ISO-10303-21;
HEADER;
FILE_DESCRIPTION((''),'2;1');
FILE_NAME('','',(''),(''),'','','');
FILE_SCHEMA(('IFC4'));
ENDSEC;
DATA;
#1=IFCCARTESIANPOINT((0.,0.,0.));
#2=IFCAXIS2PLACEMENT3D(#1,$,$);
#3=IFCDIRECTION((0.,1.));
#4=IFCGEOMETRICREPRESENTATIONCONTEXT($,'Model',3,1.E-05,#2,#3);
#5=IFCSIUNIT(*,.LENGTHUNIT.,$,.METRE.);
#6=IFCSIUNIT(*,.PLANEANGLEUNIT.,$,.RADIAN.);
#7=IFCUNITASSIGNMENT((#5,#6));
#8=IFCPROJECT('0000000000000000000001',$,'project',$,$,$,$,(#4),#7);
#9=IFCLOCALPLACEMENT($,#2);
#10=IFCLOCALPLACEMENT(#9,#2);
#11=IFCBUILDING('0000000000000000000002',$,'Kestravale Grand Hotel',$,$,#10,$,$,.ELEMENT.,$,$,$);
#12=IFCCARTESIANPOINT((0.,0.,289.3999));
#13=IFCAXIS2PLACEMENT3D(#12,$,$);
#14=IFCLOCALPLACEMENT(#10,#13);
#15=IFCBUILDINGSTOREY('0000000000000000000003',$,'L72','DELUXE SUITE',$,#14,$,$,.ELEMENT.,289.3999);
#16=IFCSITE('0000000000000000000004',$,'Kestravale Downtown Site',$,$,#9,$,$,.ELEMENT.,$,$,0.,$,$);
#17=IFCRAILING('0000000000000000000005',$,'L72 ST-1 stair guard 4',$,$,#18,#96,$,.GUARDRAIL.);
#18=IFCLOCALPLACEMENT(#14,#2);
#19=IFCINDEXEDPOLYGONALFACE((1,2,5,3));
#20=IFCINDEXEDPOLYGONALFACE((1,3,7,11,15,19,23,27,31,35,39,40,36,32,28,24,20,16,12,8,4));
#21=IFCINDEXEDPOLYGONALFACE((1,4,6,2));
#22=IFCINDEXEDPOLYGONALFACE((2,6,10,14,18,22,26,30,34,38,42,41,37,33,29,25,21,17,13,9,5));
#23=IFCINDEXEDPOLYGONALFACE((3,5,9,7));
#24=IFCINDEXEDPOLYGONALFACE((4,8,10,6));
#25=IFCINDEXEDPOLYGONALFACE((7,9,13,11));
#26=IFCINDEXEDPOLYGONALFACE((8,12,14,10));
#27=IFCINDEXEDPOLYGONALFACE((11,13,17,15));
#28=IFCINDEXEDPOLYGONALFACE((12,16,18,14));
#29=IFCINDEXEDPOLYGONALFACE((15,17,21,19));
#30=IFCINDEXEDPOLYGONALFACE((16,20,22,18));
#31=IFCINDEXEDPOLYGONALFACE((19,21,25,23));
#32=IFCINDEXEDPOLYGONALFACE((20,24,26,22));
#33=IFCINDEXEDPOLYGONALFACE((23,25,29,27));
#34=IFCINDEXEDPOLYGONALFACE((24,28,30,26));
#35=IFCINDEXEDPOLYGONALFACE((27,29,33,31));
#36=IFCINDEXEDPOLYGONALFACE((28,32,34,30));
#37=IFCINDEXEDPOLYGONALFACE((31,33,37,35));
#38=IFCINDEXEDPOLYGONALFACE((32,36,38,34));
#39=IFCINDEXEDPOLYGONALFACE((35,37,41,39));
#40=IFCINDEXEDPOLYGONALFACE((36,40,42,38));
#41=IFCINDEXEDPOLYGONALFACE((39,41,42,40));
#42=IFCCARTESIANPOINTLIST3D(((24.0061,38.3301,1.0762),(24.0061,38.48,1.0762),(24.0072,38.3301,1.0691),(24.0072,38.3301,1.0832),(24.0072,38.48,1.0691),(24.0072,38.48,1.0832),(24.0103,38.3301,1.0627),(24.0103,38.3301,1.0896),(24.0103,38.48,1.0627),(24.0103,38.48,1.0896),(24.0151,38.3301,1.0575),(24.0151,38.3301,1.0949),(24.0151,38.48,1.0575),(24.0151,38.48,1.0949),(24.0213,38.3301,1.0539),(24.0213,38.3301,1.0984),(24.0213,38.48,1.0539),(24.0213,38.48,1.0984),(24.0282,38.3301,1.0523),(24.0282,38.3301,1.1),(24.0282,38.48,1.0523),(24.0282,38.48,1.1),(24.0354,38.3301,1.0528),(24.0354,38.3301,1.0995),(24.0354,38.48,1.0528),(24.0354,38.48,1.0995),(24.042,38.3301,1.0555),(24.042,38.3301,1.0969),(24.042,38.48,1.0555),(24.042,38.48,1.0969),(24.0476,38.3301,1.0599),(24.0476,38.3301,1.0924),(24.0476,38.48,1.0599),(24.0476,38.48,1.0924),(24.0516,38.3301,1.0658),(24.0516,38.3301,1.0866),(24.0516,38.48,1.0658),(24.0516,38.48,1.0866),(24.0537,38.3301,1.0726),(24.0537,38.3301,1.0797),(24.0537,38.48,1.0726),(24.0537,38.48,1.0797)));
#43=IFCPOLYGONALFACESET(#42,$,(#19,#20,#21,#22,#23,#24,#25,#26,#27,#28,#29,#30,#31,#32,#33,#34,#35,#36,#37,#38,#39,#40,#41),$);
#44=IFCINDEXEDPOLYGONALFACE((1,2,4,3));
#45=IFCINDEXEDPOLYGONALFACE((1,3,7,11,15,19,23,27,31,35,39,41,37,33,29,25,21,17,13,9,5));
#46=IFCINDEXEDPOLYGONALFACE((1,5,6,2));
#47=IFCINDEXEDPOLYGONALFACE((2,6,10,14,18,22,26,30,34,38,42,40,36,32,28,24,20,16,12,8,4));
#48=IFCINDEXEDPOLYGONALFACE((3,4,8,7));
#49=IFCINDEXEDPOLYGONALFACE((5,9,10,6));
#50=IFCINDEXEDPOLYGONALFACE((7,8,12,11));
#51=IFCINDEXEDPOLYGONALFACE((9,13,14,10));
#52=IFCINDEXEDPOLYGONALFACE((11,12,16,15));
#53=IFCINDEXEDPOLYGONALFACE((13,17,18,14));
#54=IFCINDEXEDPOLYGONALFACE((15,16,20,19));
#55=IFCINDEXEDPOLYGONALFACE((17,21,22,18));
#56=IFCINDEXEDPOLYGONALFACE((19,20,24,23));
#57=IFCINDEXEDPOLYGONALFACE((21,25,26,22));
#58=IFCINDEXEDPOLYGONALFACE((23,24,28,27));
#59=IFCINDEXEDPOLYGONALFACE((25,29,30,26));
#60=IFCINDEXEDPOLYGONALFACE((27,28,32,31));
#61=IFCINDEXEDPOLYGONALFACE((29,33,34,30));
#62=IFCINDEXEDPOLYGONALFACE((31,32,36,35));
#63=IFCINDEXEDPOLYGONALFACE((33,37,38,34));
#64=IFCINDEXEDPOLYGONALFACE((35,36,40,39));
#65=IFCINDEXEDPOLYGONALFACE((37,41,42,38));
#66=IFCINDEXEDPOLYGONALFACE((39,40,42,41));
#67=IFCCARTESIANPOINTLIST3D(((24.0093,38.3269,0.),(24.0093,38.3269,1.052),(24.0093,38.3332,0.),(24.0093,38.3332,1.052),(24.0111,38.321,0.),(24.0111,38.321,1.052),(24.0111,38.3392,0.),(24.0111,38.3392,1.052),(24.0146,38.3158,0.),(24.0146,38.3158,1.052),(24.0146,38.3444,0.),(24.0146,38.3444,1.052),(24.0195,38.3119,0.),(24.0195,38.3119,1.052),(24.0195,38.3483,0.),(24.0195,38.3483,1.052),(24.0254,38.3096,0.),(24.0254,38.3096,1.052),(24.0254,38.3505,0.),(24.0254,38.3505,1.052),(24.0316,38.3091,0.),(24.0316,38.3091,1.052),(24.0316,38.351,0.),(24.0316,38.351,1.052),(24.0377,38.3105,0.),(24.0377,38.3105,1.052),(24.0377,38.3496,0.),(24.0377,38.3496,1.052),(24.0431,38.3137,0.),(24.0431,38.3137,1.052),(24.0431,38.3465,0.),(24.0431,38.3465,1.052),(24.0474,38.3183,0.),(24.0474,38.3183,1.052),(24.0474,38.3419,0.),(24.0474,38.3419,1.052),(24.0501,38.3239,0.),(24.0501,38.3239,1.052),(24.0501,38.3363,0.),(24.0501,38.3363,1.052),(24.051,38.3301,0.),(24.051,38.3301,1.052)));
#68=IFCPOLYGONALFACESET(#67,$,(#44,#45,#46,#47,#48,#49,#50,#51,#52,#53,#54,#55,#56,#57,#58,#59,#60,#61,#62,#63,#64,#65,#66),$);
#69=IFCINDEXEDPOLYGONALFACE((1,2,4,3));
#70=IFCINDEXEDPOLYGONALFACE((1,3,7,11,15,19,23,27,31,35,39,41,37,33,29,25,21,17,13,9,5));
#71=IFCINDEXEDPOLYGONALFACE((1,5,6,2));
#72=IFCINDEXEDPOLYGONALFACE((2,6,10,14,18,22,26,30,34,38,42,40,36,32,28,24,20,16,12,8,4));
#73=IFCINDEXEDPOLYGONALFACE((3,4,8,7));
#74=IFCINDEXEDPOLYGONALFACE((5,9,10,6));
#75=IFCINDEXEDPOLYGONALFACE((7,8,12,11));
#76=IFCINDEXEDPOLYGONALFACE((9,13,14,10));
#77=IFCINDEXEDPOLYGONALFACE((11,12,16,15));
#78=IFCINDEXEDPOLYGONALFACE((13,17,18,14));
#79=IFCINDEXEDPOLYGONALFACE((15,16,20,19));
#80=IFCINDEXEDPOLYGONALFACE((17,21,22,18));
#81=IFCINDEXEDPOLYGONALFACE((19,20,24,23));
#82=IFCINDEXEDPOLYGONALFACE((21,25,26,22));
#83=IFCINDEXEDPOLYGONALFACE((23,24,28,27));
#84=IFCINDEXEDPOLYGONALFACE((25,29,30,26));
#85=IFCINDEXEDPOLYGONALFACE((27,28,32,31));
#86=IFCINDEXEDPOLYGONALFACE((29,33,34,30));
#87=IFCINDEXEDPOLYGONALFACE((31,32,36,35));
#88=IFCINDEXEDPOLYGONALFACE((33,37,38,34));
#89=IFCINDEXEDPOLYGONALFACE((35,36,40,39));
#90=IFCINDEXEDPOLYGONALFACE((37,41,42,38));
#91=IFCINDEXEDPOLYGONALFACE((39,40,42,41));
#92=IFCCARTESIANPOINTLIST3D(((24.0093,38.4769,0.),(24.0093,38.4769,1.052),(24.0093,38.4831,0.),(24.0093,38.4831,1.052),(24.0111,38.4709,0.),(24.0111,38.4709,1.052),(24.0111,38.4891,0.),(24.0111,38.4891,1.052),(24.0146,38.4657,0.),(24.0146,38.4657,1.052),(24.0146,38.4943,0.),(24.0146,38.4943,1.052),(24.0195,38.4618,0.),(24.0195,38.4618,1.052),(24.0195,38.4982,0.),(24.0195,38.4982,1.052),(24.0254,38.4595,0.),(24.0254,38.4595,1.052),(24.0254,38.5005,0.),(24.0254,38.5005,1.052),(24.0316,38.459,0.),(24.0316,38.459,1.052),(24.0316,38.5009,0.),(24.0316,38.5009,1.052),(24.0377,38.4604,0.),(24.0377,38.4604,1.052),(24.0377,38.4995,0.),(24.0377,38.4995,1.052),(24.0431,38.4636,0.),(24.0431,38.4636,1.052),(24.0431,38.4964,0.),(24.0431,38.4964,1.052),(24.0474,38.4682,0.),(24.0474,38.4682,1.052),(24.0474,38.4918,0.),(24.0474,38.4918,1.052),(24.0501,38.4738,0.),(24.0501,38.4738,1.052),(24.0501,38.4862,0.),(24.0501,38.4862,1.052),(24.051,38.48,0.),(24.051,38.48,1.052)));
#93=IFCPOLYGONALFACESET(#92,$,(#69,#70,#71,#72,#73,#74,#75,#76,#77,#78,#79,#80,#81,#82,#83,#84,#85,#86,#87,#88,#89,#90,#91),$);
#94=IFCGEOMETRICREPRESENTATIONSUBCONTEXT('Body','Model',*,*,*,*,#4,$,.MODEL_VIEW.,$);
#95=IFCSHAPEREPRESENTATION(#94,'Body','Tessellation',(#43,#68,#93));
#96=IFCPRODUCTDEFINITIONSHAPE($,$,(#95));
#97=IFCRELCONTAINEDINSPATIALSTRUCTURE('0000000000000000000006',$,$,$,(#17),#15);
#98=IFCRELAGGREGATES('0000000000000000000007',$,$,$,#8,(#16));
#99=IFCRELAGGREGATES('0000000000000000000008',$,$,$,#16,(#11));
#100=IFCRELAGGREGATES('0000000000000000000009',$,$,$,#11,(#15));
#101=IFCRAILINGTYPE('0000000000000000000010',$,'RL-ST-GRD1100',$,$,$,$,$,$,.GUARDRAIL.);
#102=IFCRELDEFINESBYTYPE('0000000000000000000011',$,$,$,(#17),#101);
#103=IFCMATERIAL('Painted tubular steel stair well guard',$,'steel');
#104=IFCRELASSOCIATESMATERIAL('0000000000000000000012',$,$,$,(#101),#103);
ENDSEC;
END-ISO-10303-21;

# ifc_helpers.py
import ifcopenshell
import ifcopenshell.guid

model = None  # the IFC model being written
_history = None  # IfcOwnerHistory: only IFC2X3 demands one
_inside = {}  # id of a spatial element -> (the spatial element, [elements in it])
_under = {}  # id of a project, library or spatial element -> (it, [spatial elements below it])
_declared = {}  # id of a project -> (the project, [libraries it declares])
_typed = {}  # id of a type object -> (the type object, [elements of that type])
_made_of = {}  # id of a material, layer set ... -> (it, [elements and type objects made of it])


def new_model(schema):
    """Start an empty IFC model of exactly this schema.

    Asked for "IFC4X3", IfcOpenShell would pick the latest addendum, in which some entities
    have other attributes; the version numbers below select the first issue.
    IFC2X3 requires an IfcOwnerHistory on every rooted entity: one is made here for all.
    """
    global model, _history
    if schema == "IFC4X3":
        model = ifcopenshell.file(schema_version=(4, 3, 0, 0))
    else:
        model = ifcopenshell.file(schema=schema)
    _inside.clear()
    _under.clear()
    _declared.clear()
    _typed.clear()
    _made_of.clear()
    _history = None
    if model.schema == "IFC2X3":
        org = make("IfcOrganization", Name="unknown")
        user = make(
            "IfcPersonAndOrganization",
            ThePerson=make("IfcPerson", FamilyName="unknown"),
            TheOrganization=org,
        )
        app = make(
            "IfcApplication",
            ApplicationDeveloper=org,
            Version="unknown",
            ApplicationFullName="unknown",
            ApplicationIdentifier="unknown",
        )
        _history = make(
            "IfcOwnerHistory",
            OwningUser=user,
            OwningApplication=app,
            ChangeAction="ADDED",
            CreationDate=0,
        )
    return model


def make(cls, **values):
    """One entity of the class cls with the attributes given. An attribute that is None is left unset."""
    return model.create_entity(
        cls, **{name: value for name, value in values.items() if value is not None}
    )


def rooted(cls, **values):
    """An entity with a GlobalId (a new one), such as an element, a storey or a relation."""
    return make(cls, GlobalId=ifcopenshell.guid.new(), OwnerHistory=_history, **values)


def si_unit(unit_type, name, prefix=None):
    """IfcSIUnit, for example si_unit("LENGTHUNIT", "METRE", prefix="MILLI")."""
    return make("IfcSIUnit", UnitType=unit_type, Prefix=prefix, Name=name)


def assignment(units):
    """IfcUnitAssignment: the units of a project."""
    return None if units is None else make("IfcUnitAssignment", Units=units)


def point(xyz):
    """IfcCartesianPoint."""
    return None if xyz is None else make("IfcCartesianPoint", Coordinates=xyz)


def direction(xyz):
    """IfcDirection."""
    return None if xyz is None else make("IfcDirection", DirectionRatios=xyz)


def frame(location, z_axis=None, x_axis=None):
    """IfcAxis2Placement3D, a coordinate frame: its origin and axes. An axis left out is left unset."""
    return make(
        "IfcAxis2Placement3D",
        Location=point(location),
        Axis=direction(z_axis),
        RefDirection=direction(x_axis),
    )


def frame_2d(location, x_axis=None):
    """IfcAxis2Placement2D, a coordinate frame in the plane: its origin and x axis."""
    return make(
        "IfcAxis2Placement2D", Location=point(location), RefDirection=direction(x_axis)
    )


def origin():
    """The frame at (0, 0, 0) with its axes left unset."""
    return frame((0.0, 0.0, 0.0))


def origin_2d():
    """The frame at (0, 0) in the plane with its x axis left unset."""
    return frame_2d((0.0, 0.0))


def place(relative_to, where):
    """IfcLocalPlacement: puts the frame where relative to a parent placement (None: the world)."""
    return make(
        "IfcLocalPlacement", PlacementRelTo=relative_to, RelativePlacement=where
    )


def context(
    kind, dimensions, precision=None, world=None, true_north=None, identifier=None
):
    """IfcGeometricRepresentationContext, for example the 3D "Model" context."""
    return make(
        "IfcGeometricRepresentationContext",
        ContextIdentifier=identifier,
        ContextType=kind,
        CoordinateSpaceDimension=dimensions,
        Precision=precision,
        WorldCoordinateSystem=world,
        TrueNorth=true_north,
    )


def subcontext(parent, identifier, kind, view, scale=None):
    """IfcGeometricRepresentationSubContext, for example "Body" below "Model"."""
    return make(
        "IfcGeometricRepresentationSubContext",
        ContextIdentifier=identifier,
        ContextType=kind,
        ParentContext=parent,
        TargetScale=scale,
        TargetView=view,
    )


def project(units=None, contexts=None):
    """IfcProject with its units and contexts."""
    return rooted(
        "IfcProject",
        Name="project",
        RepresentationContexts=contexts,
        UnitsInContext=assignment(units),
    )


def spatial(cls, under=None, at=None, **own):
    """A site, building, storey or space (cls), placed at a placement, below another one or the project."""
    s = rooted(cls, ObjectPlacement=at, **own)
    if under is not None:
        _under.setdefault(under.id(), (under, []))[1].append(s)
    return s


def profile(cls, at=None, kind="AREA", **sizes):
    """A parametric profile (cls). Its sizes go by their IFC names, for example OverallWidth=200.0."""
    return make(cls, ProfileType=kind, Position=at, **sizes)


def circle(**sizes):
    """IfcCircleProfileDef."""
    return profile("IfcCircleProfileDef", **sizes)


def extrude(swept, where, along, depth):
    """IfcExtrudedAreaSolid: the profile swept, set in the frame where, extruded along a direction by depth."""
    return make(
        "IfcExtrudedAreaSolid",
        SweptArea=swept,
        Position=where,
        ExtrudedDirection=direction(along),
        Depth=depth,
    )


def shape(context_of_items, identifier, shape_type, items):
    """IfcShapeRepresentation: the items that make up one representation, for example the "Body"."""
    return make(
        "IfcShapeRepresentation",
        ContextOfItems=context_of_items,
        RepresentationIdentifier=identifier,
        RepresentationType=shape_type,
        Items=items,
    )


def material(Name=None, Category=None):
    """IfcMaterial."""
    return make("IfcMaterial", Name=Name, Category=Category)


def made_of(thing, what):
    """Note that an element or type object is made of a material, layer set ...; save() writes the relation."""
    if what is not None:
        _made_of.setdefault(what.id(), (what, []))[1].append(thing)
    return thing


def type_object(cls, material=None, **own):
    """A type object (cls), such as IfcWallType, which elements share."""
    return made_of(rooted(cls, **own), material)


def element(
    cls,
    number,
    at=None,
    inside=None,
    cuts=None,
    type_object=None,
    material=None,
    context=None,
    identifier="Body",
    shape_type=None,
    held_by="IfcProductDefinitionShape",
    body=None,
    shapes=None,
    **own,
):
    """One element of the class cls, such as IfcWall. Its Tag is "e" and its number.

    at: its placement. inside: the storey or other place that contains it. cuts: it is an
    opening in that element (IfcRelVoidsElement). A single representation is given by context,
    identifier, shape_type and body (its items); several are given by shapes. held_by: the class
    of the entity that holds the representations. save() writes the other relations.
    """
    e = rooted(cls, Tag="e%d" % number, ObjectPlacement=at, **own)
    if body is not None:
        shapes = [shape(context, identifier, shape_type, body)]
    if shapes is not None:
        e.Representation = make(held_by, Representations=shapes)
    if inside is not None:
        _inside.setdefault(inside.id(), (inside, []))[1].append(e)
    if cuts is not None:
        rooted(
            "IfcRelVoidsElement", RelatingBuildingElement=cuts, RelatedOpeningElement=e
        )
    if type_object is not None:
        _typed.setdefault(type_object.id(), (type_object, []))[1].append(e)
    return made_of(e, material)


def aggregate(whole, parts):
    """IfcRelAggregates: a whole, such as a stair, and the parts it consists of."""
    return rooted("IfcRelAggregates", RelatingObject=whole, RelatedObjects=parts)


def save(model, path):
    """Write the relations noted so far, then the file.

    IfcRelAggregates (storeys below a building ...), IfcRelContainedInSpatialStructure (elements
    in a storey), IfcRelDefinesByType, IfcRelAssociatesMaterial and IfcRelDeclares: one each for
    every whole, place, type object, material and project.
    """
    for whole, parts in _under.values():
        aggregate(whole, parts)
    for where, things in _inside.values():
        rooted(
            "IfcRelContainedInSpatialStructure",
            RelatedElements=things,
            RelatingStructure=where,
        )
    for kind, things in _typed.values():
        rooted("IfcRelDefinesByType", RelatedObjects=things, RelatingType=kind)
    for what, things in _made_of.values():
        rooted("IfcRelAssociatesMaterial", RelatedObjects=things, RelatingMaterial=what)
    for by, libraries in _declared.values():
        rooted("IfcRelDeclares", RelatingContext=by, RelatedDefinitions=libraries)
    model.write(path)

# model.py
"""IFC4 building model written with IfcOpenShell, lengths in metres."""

from ifc_helpers import new_model, si_unit, direction, frame, origin, origin_2d, place, context, subcontext, project, spatial, circle, extrude, material, type_object, element, save


model = new_model("IFC4")

# Units and contexts
model_context = context("Model", 3, precision=1e-05, world=origin(), true_north=direction((0.0, 1.0)))
body_context = subcontext(model_context, "Body", "Model", "MODEL_VIEW")
ifc_project = project(units=[si_unit("LENGTHUNIT", "METRE"), si_unit("PLANEANGLEUNIT", "RADIAN")], contexts=[model_context])

# Site, building, storey
site_placement = place(None, origin())
site = spatial("IfcSite", under=ifc_project, at=site_placement, Name="Kestravale Downtown Site", CompositionType="ELEMENT", RefElevation=0.0)
building_placement = place(site_placement, origin())
building = spatial("IfcBuilding", under=site, at=building_placement, Name="Kestravale Grand Hotel", CompositionType="ELEMENT")
storey_placement = place(building_placement, frame((0.0, 0.0, 289.3999)))
storey = spatial("IfcBuildingStorey", under=building, at=storey_placement, Name="L72", Description="DELUXE SUITE", CompositionType="ELEMENT", Elevation=289.3999)

# Railing
ifc_material_1 = material(Name="Painted tubular steel stair well guard", Category="steel")
railing_type_1 = type_object("IfcRailingType", Name="RL-ST-GRD1100", PredefinedType="GUARDRAIL", material=ifc_material_1)
railing_1_placement = place(storey_placement, frame((24.03, 38.3301, 0.0)))
element("IfcRailing", 1, at=railing_1_placement, inside=storey, type_object=railing_type_1, Name="L72 ST-1 stair guard 4", PredefinedType="GUARDRAIL", context=body_context, shape_type="SweptSolid", body=[
    extrude(circle(Radius=0.0239, at=origin_2d()), frame((0.0, 0.0, 1.0762), z_axis=(0.0, 1.0, 0.0), x_axis=(-1.0, 0.0, 0.0)), (0.0, 0.0, 1.0), 0.1499),
    extrude(circle(Radius=0.021, at=origin_2d()), origin(), (0.0, 0.0, 1.0), 1.052),
    extrude(circle(Radius=0.021, at=origin_2d()), frame((0.0, 0.1499, 0.0)), (0.0, 0.0, 1.0), 1.052),
])

save(model, "model.ifc")
